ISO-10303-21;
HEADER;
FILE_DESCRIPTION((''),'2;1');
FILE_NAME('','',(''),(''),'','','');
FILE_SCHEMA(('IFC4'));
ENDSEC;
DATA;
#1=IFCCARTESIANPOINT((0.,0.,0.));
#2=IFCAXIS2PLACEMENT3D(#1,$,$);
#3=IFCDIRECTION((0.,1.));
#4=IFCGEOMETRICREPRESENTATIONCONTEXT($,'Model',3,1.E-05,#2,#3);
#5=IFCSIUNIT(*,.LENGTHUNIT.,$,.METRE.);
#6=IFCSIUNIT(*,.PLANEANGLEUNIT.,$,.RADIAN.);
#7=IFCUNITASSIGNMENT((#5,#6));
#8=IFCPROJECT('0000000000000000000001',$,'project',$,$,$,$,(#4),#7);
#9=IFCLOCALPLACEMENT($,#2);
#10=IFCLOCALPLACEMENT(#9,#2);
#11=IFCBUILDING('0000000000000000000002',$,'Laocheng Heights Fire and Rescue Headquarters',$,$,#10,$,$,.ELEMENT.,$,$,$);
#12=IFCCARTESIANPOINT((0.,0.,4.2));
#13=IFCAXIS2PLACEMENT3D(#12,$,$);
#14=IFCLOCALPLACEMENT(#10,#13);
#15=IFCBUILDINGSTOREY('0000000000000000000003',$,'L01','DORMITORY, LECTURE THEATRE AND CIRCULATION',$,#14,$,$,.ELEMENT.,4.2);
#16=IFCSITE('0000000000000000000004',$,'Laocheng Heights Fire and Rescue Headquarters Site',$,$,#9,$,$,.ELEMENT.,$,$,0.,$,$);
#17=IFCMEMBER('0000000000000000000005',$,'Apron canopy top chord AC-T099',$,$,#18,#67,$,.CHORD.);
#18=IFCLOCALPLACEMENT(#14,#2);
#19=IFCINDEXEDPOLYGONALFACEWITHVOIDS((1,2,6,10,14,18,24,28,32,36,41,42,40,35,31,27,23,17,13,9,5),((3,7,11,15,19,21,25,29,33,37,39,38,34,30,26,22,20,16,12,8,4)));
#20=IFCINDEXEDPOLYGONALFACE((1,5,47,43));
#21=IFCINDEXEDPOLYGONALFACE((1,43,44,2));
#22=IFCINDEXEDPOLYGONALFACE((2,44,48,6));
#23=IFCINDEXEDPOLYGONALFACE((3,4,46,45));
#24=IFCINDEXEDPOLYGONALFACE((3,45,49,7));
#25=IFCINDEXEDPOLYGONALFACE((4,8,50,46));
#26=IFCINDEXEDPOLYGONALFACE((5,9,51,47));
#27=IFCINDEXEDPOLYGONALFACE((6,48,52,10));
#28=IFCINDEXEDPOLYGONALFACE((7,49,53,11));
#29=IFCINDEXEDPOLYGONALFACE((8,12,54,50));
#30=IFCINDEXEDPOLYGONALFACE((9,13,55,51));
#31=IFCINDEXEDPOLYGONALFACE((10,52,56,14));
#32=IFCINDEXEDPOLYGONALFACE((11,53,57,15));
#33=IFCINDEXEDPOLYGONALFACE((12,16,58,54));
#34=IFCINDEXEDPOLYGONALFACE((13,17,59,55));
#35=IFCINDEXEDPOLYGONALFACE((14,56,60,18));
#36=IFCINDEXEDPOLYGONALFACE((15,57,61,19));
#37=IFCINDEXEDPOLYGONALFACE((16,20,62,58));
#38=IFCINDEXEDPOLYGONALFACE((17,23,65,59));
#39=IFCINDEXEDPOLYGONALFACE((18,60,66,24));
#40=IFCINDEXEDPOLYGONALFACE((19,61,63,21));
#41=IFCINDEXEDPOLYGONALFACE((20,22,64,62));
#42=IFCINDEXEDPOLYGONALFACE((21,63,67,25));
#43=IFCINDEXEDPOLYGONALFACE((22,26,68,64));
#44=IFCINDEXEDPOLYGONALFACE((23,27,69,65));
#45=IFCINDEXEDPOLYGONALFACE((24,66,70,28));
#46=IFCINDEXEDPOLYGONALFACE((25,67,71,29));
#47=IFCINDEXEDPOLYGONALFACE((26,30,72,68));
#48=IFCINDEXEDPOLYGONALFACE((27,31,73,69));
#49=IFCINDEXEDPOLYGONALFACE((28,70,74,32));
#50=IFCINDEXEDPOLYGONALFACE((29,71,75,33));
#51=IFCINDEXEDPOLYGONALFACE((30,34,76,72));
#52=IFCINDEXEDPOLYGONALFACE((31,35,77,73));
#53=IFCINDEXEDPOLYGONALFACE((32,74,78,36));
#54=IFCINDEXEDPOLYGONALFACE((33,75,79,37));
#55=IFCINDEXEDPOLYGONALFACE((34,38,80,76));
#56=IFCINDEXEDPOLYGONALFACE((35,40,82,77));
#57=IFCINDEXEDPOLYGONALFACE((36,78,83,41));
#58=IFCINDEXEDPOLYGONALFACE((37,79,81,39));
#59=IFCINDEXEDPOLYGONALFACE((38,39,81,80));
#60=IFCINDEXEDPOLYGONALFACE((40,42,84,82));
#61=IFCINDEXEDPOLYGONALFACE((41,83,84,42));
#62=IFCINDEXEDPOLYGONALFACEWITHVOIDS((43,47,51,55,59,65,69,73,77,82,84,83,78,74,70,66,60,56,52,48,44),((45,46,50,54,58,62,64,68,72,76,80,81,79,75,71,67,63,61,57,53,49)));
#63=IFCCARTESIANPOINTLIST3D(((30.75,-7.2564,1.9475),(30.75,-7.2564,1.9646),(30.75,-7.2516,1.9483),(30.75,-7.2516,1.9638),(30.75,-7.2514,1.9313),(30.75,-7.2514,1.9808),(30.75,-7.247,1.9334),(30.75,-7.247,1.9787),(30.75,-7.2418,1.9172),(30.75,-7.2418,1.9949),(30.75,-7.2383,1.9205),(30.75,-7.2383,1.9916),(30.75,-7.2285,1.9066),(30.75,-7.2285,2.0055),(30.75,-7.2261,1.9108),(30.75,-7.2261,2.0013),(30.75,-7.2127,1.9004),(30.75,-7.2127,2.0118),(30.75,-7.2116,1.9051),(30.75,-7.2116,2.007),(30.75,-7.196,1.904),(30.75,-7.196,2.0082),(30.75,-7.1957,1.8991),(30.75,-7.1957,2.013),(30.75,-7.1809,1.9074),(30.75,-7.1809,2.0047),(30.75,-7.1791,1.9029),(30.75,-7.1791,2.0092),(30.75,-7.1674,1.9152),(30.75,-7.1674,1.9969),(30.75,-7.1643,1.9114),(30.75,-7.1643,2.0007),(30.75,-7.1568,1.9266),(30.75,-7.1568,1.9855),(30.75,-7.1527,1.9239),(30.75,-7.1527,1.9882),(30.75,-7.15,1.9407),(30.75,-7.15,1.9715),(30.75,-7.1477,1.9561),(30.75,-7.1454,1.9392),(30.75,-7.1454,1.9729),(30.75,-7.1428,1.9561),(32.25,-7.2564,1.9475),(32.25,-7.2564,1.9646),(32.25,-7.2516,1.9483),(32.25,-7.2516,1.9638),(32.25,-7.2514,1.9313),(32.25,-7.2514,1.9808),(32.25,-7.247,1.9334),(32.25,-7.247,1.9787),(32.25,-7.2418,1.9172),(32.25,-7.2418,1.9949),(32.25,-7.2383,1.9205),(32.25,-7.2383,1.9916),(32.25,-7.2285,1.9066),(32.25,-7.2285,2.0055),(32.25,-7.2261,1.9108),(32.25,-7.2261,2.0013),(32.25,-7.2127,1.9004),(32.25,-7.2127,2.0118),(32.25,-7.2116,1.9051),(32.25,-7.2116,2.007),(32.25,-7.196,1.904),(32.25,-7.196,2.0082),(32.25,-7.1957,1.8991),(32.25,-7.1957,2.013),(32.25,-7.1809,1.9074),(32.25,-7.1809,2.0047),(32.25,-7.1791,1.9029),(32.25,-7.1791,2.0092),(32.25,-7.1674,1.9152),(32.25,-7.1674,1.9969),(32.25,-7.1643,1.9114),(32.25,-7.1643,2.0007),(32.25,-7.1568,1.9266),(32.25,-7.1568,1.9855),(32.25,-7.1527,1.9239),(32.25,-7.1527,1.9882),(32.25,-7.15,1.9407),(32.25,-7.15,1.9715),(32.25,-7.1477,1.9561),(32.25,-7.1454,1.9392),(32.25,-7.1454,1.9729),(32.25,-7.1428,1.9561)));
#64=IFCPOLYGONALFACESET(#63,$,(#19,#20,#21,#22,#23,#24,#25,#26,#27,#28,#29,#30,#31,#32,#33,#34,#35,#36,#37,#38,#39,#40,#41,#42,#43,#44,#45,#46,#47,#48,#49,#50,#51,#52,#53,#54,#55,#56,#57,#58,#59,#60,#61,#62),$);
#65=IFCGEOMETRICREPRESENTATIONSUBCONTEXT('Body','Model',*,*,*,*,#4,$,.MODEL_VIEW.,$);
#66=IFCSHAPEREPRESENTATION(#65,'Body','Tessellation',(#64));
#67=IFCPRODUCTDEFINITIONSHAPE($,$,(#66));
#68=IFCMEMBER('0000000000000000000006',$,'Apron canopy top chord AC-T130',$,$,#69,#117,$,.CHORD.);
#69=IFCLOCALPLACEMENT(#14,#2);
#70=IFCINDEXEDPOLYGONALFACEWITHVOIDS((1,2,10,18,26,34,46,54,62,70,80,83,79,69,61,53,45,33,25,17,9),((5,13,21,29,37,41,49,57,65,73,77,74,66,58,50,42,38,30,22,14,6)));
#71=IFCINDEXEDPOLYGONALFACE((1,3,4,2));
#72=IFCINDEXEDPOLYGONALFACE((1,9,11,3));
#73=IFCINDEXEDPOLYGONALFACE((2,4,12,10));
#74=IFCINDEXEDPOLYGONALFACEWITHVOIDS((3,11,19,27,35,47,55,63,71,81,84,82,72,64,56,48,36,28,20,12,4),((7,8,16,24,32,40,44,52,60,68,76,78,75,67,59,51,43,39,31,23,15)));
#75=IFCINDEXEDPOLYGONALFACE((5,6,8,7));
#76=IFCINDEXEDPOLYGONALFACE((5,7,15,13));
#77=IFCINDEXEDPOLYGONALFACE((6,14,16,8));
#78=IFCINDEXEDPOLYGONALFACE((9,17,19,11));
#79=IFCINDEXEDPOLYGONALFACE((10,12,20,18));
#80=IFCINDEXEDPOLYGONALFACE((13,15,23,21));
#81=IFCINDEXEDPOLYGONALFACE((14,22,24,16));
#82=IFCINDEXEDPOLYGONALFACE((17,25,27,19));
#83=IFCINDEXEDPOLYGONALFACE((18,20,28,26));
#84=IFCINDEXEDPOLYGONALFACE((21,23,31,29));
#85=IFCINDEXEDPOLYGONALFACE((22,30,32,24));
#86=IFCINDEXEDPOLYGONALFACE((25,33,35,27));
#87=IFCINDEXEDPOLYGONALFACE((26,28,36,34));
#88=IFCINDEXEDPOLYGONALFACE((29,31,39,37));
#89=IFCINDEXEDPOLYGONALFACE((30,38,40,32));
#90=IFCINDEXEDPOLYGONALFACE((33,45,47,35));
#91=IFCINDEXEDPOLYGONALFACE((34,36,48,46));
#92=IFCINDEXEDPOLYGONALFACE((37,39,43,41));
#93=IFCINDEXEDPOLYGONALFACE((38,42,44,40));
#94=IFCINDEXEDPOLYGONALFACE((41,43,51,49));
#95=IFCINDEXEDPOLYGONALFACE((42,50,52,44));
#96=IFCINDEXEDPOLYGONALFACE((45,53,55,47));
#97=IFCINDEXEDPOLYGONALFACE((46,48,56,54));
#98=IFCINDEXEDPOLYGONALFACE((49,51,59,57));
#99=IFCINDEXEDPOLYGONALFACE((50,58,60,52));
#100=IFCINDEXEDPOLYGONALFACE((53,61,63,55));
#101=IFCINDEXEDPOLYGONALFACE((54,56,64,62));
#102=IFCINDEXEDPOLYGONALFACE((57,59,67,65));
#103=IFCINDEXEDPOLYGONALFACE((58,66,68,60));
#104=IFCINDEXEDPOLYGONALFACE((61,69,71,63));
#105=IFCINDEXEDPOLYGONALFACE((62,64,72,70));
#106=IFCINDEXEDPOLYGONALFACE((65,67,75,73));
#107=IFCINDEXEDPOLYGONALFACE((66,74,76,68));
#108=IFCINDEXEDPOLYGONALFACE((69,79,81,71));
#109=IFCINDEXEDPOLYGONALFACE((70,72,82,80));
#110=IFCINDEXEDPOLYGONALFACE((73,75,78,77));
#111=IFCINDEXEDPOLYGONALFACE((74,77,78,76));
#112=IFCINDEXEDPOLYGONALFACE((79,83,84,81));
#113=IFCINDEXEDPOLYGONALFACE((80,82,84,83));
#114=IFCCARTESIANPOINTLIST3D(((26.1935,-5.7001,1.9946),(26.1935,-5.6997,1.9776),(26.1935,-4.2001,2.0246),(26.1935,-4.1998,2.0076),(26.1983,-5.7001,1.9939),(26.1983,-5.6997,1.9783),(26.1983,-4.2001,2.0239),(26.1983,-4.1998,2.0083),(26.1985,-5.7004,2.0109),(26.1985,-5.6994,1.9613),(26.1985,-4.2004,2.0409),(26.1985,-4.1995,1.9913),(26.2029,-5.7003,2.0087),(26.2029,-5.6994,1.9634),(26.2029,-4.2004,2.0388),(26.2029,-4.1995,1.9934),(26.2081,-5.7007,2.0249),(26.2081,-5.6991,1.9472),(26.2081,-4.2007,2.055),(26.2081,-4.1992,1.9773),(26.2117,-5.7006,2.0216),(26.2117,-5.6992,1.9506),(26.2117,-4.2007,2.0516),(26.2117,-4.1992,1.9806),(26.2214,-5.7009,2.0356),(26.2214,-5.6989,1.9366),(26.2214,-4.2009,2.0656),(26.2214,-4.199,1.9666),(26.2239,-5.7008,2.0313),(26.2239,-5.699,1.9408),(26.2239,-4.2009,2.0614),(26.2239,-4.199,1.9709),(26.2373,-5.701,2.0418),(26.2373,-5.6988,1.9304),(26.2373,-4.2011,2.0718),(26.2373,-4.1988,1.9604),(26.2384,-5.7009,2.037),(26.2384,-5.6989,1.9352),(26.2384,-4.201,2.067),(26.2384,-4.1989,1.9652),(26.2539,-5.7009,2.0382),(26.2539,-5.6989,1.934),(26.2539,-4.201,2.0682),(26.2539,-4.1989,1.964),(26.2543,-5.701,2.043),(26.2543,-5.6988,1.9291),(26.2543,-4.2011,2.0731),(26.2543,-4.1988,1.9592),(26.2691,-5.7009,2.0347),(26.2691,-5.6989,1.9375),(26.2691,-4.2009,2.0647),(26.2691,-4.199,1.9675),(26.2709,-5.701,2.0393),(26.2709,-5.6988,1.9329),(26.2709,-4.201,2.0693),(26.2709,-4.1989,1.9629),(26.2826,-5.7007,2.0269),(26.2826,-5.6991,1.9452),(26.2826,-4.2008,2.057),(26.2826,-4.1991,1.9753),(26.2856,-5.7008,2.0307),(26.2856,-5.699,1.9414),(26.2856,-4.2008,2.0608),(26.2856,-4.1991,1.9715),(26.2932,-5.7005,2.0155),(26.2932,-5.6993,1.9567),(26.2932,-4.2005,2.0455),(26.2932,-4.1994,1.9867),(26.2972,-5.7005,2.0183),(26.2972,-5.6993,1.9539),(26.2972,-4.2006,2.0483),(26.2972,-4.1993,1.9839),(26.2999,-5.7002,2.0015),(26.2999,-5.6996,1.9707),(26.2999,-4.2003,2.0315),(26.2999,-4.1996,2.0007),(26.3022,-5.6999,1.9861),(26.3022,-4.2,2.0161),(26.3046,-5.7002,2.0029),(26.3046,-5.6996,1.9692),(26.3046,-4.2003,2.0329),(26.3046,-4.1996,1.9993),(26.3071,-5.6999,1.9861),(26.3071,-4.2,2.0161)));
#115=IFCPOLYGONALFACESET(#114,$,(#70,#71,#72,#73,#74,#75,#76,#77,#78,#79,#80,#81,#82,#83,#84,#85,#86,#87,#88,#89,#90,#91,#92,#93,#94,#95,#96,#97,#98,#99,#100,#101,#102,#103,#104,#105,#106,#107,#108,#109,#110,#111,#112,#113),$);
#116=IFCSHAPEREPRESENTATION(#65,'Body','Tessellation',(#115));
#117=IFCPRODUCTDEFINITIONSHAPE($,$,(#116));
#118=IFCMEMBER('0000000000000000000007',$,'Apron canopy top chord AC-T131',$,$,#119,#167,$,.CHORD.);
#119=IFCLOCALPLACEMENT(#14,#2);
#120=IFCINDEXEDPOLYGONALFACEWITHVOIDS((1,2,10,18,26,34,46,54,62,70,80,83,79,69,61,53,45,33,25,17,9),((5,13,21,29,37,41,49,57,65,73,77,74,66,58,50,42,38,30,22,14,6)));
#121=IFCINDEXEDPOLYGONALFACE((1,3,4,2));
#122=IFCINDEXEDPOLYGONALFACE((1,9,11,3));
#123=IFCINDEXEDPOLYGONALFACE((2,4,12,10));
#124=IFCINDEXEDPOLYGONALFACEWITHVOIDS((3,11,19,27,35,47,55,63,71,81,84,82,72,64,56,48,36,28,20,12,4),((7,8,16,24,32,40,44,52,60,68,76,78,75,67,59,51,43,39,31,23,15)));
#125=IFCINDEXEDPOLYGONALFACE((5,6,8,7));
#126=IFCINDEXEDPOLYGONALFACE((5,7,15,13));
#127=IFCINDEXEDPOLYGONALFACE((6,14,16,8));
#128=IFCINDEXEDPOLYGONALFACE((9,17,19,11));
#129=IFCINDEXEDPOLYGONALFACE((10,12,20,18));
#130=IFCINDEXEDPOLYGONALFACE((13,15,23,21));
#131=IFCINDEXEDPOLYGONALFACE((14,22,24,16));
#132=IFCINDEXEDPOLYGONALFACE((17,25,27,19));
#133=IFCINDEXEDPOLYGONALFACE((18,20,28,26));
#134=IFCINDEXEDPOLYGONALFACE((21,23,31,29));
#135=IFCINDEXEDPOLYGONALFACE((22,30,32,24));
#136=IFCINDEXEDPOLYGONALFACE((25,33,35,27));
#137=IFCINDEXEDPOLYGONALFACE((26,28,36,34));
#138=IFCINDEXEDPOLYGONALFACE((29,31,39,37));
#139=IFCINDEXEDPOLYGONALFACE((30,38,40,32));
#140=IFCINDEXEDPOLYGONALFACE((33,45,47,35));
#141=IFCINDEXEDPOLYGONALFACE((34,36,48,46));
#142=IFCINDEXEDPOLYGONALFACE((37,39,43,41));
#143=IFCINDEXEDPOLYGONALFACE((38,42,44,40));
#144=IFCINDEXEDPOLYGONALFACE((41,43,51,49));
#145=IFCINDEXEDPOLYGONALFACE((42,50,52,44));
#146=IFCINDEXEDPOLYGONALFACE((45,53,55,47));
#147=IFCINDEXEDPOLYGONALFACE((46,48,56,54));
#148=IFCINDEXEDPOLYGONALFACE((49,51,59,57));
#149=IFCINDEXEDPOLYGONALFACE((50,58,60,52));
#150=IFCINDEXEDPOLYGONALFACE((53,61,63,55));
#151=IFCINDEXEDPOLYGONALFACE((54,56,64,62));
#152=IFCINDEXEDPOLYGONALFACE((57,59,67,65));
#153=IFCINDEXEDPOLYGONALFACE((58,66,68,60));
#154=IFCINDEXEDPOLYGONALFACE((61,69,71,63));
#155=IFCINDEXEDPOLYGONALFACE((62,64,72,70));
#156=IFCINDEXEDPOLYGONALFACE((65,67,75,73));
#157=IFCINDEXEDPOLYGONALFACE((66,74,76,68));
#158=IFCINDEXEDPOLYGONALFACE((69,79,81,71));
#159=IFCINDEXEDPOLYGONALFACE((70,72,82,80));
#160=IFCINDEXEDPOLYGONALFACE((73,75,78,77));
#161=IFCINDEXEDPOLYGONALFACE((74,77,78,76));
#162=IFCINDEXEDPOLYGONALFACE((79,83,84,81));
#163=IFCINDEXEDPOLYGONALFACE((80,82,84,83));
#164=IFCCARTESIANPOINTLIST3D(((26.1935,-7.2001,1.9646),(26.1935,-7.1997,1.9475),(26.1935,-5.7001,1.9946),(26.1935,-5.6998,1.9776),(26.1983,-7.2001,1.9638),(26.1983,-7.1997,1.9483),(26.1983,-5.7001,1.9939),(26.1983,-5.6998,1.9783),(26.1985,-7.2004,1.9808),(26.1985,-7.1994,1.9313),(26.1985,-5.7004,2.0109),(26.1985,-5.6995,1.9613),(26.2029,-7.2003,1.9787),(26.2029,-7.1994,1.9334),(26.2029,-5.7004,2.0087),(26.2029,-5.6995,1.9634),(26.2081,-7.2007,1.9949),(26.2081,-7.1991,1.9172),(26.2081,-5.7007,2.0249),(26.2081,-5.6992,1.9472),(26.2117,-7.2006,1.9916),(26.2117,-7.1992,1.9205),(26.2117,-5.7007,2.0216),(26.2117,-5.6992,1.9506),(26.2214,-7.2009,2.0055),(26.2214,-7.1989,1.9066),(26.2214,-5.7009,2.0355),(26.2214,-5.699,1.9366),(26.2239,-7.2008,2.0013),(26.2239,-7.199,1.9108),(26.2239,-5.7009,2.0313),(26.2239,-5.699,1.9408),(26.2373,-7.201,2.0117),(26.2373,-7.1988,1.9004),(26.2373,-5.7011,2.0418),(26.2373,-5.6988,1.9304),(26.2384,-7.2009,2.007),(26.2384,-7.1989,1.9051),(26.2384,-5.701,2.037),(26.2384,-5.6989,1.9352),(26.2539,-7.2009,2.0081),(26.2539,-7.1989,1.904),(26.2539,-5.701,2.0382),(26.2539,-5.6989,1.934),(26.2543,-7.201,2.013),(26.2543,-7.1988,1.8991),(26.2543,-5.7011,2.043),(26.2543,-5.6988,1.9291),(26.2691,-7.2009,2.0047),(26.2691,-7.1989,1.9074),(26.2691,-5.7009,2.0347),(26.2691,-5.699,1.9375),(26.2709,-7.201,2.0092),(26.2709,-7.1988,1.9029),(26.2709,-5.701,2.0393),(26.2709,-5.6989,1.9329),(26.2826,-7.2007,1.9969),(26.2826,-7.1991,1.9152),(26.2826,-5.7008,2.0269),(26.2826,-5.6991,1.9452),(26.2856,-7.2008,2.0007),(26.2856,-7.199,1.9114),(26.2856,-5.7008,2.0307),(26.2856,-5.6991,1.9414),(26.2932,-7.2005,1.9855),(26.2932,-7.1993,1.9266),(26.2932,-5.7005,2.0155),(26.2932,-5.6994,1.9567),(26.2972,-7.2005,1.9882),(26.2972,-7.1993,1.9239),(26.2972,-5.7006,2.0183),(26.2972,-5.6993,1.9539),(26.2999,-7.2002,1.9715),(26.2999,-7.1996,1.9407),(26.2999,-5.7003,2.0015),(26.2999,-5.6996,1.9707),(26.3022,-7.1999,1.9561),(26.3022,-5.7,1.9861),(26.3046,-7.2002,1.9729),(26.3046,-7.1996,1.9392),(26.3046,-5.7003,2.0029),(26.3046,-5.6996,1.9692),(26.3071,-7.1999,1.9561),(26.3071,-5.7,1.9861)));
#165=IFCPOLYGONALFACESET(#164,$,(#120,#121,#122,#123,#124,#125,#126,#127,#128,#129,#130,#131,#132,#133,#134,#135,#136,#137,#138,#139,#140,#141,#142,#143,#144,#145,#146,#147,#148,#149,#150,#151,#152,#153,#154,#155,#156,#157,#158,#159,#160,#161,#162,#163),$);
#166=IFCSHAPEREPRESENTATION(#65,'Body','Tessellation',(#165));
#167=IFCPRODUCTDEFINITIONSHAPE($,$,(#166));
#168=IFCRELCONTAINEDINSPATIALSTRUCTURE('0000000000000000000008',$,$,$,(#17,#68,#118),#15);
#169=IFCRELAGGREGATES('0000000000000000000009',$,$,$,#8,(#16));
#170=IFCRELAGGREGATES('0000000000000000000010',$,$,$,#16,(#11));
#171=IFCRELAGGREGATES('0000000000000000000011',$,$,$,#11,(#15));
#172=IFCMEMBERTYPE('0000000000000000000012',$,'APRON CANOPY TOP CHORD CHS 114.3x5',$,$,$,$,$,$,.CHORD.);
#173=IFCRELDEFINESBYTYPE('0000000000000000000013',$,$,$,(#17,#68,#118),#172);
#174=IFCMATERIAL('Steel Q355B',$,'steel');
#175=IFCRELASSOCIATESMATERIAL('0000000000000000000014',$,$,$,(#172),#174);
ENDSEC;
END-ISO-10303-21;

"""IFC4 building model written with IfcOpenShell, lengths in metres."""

from ifc_helpers import new_model, si_unit, direction, frame, origin, origin_2d, place, context, subcontext, project, spatial, hollow_circle, extrude, material, material_profile, profile_set, type_object, element, save


model = new_model("IFC4")

# Units and contexts
model_context = context("Model", 3, precision=1e-05, world=origin(), true_north=direction((0.0, 1.0)))
body_context = subcontext(model_context, "Body", "Model", "MODEL_VIEW")
ifc_project = project(units=[si_unit("LENGTHUNIT", "METRE"), si_unit("PLANEANGLEUNIT", "RADIAN")], contexts=[model_context])

# Site, building, storey
site_placement = place(None, origin())
site = spatial("IfcSite", under=ifc_project, at=site_placement, Name="Laocheng Heights Fire and Rescue Headquarters Site", CompositionType="ELEMENT", RefElevation=0.0)
building_placement = place(site_placement, origin())
building = spatial("IfcBuilding", under=site, at=building_placement, Name="Laocheng Heights Fire and Rescue Headquarters", CompositionType="ELEMENT")
storey_placement = place(building_placement, frame((0.0, 0.0, 4.2)))
storey = spatial("IfcBuildingStorey", under=building, at=storey_placement, Name="L01", Description="DORMITORY, LECTURE THEATRE AND CIRCULATION", CompositionType="ELEMENT", Elevation=4.2)

# Members
ifc_material_1 = material(Name="Steel Q355B", Category="steel")
ifc_material_profile_1 = material_profile(ifc_material_1, hollow_circle(Radius=0.0571, WallThickness=0.0049, at=origin_2d()), Name="CHS 114.3x5")
ifc_profile_set_1 = profile_set([ifc_material_profile_1], Name="Steel Q355B")
member_type = type_object("IfcMemberType", Name="APRON CANOPY TOP CHORD CHS 114.3x5", PredefinedType="CHORD", material=ifc_profile_set_1)
for number, where, z_axis, x_axis, name in (
    (1, (30.75, -7.2, 1.9561), (1.0, 0.0, 0.0), (0.0, 1.0, 0.0), "Apron canopy top chord AC-T099"),
):
    element("IfcMember", number, at=place(storey_placement, frame(where, z_axis=z_axis, x_axis=x_axis)), inside=storey, type_object=member_type, Name=name, PredefinedType="CHORD", context=body_context, shape_type="SweptSolid", body=[
        extrude(hollow_circle(Radius=0.0571, WallThickness=0.0049, at=origin_2d()), origin(), (0.0, 0.0, 1.0), 1.5),
    ])
for number, where, z_axis, x_axis, name in (
    (2, (26.25, -4.2, 2.0161), (0.0, -0.9998, -0.020016), (1.0, 0.0, 0.0), "Apron canopy top chord AC-T130"),
    (3, (26.25, -5.7, 1.9861), (0.0, -0.9998, -0.020016), (1.0, 0.0, 0.0), "Apron canopy top chord AC-T131"),
):
    element("IfcMember", number, at=place(storey_placement, frame(where, z_axis=z_axis, x_axis=x_axis)), inside=storey, type_object=member_type, Name=name, PredefinedType="CHORD", context=body_context, shape_type="SweptSolid", body=[
        extrude(hollow_circle(Radius=0.0571, WallThickness=0.0049, at=origin_2d()), origin(), (0.0, 0.0, 1.0), 1.5002),
    ])

save(model, "model.ifc")
